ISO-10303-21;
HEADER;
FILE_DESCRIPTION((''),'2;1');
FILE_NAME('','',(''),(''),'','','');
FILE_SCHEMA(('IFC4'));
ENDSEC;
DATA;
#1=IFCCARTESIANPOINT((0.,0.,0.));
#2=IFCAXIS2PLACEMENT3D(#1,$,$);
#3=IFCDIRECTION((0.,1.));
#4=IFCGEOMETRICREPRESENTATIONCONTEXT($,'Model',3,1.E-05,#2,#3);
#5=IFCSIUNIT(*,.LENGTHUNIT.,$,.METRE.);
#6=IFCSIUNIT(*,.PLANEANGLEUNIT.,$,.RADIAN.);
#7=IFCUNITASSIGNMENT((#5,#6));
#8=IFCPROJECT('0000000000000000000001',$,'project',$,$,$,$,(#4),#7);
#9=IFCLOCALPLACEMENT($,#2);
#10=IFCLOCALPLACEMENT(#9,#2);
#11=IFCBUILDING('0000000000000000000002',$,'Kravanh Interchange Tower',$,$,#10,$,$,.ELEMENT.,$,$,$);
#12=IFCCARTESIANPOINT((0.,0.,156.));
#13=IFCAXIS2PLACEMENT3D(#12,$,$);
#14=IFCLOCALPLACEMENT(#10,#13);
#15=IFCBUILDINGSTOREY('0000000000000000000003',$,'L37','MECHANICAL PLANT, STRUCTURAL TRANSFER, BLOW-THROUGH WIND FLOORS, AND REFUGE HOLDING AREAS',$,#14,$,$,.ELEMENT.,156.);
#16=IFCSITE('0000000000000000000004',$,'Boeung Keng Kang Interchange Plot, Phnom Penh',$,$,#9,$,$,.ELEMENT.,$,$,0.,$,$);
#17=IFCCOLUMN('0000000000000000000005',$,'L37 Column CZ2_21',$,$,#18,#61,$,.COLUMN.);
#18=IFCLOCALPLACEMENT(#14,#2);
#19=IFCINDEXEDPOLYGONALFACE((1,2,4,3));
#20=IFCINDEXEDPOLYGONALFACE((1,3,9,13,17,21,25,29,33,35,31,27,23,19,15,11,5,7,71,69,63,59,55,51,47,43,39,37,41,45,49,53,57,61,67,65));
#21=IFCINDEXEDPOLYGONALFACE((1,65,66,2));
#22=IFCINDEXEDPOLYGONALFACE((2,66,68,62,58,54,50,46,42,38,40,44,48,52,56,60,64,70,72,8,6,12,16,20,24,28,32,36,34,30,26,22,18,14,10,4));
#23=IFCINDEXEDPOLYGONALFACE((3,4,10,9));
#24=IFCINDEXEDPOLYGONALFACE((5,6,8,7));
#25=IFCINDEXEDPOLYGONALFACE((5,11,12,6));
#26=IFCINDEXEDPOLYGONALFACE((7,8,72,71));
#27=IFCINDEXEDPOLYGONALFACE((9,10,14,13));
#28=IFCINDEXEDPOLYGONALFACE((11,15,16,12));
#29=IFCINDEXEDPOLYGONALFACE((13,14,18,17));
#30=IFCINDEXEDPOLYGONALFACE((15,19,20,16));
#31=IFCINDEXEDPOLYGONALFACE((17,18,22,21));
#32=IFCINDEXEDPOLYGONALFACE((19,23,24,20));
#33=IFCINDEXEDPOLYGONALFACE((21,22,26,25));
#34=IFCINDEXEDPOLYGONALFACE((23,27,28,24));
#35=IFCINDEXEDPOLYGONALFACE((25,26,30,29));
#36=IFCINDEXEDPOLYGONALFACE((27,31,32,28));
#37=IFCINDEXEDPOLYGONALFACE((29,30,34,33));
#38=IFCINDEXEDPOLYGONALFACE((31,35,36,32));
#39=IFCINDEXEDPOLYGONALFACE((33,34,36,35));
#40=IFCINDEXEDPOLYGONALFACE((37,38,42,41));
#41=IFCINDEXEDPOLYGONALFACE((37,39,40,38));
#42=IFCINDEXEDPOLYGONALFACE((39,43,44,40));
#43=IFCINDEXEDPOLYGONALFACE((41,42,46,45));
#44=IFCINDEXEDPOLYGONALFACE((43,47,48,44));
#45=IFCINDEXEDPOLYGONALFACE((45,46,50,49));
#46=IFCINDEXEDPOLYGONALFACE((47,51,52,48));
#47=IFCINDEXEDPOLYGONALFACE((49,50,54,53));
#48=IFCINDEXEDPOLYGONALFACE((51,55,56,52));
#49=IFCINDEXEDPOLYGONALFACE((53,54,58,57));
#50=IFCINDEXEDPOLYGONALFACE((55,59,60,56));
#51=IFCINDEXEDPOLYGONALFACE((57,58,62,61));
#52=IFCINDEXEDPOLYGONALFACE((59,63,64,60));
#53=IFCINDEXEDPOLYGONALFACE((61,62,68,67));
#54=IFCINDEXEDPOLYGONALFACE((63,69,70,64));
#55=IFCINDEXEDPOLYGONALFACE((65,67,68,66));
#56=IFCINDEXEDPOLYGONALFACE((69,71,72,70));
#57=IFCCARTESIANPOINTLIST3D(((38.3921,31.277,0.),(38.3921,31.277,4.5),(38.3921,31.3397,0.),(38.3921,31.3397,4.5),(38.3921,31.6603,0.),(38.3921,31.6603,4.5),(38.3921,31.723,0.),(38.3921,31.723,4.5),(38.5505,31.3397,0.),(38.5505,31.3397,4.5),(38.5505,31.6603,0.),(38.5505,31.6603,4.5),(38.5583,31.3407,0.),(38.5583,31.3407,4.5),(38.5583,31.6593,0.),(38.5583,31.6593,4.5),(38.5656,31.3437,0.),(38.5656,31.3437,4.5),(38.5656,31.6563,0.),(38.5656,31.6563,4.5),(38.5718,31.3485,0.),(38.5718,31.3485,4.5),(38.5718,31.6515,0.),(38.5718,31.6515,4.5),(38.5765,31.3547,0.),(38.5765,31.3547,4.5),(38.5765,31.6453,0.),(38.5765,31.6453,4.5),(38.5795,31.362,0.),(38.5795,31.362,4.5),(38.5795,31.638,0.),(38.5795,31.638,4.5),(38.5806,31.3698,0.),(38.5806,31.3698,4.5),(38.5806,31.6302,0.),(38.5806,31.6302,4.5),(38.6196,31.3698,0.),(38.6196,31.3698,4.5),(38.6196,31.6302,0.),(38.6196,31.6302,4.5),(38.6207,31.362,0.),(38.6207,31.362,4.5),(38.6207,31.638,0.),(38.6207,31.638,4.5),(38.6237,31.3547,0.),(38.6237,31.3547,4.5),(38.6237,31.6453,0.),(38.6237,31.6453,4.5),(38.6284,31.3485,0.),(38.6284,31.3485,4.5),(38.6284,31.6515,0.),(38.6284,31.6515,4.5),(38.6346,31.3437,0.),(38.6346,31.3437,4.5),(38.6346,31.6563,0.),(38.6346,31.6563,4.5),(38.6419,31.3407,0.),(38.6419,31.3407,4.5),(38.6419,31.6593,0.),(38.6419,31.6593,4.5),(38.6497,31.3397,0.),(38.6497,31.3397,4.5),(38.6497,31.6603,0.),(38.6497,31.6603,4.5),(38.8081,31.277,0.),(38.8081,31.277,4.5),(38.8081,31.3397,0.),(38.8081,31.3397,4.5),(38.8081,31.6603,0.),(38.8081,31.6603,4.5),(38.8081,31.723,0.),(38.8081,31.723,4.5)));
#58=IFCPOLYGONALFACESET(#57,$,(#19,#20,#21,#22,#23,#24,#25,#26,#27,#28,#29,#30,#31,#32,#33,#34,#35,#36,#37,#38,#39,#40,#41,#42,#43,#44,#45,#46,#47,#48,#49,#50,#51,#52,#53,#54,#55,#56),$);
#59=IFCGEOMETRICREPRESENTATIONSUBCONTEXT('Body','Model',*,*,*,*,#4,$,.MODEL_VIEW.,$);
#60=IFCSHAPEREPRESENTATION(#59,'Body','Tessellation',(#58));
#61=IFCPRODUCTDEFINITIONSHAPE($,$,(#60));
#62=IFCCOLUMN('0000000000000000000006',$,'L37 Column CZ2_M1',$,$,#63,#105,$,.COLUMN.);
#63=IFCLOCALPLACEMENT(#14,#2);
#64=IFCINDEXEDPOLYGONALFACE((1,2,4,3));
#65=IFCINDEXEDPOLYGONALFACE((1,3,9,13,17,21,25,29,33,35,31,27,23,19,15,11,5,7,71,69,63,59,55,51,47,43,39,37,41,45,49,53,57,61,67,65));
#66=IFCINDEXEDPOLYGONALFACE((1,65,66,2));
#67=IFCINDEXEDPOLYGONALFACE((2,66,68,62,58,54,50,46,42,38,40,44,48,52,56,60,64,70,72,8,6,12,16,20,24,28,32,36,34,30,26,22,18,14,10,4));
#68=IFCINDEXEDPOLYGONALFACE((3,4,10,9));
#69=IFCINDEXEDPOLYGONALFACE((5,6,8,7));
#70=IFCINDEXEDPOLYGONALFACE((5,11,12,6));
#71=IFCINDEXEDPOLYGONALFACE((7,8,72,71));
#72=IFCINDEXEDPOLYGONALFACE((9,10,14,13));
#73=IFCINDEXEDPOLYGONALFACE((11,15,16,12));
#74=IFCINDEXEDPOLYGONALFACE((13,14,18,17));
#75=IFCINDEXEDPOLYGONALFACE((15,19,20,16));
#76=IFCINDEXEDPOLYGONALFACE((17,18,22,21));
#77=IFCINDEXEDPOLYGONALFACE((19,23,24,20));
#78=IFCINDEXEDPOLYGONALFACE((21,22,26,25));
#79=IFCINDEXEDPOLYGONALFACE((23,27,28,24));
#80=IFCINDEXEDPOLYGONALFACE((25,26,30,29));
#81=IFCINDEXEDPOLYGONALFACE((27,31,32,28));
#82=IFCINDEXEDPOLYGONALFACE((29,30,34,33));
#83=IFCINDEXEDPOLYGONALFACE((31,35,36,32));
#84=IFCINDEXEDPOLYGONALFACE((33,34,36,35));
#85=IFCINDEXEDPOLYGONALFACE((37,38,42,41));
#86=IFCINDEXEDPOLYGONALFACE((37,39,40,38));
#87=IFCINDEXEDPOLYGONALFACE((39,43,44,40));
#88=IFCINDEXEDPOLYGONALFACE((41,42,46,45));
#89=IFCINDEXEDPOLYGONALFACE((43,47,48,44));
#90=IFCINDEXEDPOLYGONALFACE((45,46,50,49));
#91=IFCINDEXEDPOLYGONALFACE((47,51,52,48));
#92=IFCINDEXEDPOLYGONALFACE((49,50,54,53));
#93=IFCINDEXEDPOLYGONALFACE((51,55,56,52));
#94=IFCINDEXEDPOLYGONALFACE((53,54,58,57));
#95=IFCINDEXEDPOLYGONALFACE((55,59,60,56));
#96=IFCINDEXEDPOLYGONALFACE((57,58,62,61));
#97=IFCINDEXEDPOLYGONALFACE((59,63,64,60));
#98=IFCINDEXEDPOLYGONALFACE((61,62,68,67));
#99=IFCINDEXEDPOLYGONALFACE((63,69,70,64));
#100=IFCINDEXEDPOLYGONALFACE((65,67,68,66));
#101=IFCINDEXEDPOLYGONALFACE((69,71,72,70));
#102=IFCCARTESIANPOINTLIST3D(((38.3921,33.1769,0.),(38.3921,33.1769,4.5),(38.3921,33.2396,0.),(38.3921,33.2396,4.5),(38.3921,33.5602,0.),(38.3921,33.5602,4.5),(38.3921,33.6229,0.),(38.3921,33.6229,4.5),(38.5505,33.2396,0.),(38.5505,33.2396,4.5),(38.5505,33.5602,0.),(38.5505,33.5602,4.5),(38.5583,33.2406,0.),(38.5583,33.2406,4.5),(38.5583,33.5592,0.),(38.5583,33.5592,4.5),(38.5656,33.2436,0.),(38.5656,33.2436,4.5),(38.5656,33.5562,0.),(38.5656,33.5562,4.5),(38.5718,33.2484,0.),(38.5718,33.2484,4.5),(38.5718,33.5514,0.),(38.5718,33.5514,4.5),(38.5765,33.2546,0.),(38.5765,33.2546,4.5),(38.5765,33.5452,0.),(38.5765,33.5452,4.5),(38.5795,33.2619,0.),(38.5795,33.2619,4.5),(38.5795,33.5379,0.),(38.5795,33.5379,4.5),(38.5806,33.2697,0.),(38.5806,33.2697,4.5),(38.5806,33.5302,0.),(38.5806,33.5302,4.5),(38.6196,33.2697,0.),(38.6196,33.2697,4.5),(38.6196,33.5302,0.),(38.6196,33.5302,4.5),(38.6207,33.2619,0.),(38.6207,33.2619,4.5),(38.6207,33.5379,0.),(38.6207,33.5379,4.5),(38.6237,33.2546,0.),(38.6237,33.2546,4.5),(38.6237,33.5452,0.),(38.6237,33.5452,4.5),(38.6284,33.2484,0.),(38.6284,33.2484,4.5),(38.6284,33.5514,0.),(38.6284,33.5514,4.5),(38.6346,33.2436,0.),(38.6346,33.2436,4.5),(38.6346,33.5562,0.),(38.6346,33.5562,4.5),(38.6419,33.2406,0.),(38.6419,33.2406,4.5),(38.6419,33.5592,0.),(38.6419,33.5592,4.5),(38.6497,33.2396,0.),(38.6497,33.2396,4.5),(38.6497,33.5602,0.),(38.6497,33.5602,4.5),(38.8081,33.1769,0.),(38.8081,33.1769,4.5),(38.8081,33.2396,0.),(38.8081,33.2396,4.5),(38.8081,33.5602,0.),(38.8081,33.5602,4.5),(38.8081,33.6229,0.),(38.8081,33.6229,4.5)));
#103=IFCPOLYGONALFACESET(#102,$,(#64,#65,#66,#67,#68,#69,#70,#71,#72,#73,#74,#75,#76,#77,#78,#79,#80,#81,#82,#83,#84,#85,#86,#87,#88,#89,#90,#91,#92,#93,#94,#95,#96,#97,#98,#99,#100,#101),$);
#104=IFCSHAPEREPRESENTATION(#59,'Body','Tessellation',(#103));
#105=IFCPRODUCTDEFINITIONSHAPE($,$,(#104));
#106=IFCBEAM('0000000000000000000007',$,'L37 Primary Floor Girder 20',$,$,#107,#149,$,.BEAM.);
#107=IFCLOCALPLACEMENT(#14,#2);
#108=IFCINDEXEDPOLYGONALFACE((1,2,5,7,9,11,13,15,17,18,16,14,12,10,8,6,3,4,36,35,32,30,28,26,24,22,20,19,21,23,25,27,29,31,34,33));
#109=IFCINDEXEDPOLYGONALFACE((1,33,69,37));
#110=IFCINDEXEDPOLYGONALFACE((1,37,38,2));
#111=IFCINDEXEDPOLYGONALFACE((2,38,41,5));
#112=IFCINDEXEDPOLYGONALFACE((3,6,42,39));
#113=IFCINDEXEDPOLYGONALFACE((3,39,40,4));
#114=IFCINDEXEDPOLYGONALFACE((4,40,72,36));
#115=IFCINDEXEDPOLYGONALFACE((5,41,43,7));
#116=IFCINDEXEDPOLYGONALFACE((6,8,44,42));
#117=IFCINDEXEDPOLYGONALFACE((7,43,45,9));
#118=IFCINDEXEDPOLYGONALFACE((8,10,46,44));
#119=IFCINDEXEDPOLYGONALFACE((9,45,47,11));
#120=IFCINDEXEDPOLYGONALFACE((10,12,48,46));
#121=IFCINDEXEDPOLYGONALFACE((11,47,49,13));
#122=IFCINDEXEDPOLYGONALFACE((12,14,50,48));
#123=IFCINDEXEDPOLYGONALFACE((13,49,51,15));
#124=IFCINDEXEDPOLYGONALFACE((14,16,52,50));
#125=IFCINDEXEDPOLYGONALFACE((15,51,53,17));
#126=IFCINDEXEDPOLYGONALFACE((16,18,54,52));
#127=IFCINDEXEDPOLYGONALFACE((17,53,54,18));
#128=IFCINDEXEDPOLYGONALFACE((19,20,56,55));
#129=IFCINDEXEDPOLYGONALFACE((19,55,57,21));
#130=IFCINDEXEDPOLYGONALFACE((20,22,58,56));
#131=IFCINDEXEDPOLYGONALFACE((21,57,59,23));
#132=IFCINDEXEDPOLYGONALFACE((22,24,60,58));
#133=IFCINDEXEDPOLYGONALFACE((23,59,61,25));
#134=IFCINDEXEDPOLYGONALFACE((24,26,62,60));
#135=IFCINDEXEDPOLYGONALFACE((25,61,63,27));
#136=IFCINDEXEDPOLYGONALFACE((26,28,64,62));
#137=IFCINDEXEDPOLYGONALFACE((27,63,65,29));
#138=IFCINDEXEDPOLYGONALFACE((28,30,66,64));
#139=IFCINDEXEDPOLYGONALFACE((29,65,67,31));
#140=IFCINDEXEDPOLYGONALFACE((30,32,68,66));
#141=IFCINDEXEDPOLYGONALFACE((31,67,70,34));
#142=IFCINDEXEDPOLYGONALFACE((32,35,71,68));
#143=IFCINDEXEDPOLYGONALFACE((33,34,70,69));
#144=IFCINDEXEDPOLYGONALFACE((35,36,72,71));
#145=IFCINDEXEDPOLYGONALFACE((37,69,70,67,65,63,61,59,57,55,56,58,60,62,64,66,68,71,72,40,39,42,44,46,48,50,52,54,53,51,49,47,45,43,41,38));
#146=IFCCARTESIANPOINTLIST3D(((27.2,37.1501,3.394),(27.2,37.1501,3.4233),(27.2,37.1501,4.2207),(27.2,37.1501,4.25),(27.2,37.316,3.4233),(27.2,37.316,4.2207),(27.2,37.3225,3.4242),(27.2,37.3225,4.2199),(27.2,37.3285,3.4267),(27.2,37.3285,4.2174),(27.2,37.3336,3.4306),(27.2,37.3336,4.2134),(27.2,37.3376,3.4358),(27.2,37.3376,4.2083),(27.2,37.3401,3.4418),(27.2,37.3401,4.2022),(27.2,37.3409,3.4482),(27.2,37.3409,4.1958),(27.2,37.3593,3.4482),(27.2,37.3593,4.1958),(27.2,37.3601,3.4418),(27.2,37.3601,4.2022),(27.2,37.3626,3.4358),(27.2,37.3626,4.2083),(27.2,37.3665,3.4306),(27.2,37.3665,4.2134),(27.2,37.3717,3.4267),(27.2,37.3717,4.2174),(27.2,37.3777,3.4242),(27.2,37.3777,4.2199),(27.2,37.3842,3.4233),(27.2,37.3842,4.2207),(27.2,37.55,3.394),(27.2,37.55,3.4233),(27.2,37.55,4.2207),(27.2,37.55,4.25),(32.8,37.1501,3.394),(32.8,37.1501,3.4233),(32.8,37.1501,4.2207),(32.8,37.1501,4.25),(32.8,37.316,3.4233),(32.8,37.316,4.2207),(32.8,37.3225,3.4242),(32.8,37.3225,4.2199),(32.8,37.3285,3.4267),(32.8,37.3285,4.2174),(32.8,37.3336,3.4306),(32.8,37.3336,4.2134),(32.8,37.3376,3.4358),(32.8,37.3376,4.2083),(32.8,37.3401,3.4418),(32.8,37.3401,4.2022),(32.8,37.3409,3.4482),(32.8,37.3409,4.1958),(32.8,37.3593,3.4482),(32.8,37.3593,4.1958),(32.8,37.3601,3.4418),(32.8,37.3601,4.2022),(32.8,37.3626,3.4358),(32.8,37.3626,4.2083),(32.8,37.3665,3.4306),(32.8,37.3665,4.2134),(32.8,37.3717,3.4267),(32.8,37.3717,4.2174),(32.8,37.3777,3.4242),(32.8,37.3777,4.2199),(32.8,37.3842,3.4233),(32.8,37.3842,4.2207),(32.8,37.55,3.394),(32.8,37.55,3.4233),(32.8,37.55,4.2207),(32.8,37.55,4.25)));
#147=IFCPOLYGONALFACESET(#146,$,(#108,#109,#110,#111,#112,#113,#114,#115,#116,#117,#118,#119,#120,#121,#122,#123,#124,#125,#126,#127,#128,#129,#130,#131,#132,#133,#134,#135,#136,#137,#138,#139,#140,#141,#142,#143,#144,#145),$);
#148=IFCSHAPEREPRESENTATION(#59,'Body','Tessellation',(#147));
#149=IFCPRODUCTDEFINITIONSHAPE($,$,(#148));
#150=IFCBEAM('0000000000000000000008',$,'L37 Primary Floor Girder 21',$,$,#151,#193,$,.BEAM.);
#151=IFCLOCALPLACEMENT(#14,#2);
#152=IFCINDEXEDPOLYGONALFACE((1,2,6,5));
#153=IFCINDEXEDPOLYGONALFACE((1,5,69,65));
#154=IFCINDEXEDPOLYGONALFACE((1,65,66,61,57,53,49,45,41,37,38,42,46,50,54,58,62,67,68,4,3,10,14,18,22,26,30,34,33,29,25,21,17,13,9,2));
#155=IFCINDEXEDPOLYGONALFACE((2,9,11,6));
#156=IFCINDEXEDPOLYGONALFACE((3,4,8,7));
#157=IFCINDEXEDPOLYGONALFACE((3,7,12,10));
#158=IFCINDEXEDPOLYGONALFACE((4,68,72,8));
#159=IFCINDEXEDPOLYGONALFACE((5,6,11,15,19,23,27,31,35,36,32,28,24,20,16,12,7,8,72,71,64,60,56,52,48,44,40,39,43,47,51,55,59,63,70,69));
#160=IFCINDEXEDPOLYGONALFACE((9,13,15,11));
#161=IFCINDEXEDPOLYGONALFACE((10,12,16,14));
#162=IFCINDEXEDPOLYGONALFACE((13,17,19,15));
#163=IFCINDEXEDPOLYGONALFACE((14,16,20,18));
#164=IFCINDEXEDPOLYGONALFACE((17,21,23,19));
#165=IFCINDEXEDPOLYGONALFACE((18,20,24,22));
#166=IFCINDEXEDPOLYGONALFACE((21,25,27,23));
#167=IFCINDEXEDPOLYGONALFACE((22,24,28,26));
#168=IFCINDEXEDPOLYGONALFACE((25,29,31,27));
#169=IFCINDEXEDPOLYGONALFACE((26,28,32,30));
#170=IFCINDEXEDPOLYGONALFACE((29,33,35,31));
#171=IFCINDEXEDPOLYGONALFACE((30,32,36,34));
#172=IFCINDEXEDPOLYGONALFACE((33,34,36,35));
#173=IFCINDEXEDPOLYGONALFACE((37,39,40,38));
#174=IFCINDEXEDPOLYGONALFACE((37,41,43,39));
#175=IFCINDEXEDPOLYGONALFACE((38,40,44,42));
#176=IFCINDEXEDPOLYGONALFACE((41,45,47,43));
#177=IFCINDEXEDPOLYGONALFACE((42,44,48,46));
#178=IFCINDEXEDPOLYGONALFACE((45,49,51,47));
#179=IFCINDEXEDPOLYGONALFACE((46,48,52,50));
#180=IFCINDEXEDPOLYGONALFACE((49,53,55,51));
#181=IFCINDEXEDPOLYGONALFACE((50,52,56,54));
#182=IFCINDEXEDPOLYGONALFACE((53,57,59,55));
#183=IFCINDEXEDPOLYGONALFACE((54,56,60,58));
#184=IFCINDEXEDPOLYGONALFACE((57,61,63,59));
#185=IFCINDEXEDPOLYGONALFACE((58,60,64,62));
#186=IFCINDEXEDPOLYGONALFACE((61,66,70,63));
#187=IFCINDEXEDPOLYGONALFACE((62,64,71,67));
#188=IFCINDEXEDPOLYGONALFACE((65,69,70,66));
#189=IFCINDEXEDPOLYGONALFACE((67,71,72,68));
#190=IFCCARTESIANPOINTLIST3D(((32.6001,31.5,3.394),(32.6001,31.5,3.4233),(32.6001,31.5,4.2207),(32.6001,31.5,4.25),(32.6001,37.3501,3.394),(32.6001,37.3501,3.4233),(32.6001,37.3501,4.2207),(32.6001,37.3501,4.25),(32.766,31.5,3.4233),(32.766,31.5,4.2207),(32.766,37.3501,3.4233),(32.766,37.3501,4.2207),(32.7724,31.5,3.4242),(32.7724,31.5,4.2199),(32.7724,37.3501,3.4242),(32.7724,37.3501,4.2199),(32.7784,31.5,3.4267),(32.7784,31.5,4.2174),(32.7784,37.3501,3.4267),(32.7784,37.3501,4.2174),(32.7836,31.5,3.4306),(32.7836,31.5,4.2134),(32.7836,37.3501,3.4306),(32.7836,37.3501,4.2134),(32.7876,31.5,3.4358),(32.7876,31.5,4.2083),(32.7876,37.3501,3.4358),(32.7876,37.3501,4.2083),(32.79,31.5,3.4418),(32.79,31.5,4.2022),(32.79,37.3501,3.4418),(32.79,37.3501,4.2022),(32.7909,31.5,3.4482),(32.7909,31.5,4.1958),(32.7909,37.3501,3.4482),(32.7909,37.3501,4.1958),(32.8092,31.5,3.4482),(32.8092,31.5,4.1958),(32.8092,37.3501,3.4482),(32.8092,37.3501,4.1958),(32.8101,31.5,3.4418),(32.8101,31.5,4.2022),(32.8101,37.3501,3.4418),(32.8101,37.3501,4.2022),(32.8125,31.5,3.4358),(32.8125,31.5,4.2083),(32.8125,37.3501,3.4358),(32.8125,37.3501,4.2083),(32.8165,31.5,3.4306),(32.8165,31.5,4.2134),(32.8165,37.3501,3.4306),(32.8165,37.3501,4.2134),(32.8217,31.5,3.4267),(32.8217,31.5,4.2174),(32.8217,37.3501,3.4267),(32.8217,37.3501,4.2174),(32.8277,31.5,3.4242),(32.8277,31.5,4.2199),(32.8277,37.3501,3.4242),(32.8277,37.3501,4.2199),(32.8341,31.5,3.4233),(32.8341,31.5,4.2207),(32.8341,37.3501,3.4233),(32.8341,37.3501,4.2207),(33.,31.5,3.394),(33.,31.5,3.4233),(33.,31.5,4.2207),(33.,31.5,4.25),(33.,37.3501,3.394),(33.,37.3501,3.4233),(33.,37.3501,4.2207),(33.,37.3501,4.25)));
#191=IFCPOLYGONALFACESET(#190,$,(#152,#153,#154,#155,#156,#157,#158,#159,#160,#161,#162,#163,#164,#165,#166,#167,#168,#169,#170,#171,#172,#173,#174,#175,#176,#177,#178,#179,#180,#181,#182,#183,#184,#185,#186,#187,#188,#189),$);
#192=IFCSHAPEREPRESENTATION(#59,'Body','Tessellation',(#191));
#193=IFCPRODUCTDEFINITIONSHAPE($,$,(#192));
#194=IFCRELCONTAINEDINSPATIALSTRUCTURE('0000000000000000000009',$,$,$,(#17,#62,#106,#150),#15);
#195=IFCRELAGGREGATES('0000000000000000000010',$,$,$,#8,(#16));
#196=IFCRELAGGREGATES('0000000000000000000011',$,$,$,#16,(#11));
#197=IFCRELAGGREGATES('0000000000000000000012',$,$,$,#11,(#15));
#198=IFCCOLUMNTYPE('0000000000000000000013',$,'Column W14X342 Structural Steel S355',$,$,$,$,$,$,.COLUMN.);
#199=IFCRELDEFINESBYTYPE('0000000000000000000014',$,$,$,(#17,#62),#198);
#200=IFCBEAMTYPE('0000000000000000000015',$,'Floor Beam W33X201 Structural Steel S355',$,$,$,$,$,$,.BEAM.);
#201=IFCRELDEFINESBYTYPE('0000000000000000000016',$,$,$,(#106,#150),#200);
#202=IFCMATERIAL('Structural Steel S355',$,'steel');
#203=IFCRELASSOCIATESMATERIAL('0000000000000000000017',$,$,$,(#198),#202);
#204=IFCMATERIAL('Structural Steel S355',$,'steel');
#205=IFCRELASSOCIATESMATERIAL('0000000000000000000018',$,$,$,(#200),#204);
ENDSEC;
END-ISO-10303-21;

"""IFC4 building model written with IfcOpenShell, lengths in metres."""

from ifc_helpers import new_model, si_unit, direction, frame, origin, origin_2d, place, context, subcontext, project, spatial, i_section, extrude, material, material_profile, profile_set, type_object, element, save


model = new_model("IFC4")

# Units and contexts
model_context = context("Model", 3, precision=1e-05, world=origin(), true_north=direction((0.0, 1.0)))
body_context = subcontext(model_context, "Body", "Model", "MODEL_VIEW")
ifc_project = project(units=[si_unit("LENGTHUNIT", "METRE"), si_unit("PLANEANGLEUNIT", "RADIAN")], contexts=[model_context])

# Site, building, storey
site_placement = place(None, origin())
site = spatial("IfcSite", under=ifc_project, at=site_placement, Name="Boeung Keng Kang Interchange Plot, Phnom Penh", CompositionType="ELEMENT", RefElevation=0.0)
building_placement = place(site_placement, origin())
building = spatial("IfcBuilding", under=site, at=building_placement, Name="Kravanh Interchange Tower", CompositionType="ELEMENT")
storey_placement = place(building_placement, frame((0.0, 0.0, 156.0)))
storey = spatial("IfcBuildingStorey", under=building, at=storey_placement, Name="L37", Description="MECHANICAL PLANT, STRUCTURAL TRANSFER, BLOW-THROUGH WIND FLOORS, AND REFUGE HOLDING AREAS", CompositionType="ELEMENT", Elevation=156.0)

# Columns
ifc_material_1 = material(Name="Structural Steel S355", Category="steel")
ifc_material_profile_1 = material_profile(ifc_material_1, i_section(OverallWidth=0.416, OverallDepth=0.446, WebThickness=0.0391, FlangeThickness=0.0627, FilletRadius=0.03, at=origin_2d()), Name="W14X342")
ifc_profile_set_1 = profile_set([ifc_material_profile_1], Name="Structural Steel S355")
column_type_1 = type_object("IfcColumnType", Name="Column W14X342 Structural Steel S355", PredefinedType="COLUMN", material=ifc_profile_set_1)
for number, where, z_axis, x_axis, name in (
    (1, (38.6001, 31.5, 0.0), (0.0, 0.0, 1.0), (1.0, 0.0, 0.0), "L37 Column CZ2_21"),
    (2, (38.6001, 33.3999, 0.0), (0.0, 0.0, 1.0), (1.0, 0.0, 0.0), "L37 Column CZ2_M1"),
):
    element("IfcColumn", number, at=place(storey_placement, frame(where, z_axis=z_axis, x_axis=x_axis)), inside=storey, type_object=column_type_1, Name=name, PredefinedType="COLUMN", context=body_context, shape_type="SweptSolid", body=[
        extrude(i_section(OverallWidth=0.416, OverallDepth=0.446, WebThickness=0.0391, FlangeThickness=0.0627, FilletRadius=0.03, at=origin_2d()), origin(), (0.0, 0.0, 1.0), 4.5),
    ])

# Beams
ifc_material_2 = material(Name="Structural Steel S355", Category="steel")
ifc_material_profile_2 = material_profile(ifc_material_2, i_section(OverallWidth=0.3999, OverallDepth=0.856, WebThickness=0.0183, FlangeThickness=0.0293, FilletRadius=0.0249, at=origin_2d()), Name="W33X201")
ifc_profile_set_2 = profile_set([ifc_material_profile_2], Name="Structural Steel S355")
beam_type_1 = type_object("IfcBeamType", Name="Floor Beam W33X201 Structural Steel S355", PredefinedType="BEAM", material=ifc_profile_set_2)
beam_1_placement = place(storey_placement, frame((32.8, 37.3501, 3.822), z_axis=(-1.0, 0.0, 0.0), x_axis=(0.0, -1.0, 0.0)))
element("IfcBeam", 3, at=beam_1_placement, inside=storey, type_object=beam_type_1, Name="L37 Primary Floor Girder 20", PredefinedType="BEAM", context=body_context, shape_type="SweptSolid", body=[
    extrude(i_section(OverallWidth=0.3999, OverallDepth=0.856, WebThickness=0.0183, FlangeThickness=0.0293, FilletRadius=0.0249, at=origin_2d()), origin(), (0.0, 0.0, 1.0), 5.6001),
])
for number, where, z_axis, x_axis, name in (
    (4, (32.8, 37.3501, 3.822), (0.0, -1.0, 0.0), (1.0, 0.0, 0.0), "L37 Primary Floor Girder 21"),
):
    element("IfcBeam", number, at=place(storey_placement, frame(where, z_axis=z_axis, x_axis=x_axis)), inside=storey, type_object=beam_type_1, Name=name, PredefinedType="BEAM", context=body_context, shape_type="SweptSolid", body=[
        extrude(i_section(OverallWidth=0.3999, OverallDepth=0.856, WebThickness=0.0183, FlangeThickness=0.0293, FilletRadius=0.0249, at=origin_2d()), origin(), (0.0, 0.0, 1.0), 5.8501),
    ])

save(model, "model.ifc")
